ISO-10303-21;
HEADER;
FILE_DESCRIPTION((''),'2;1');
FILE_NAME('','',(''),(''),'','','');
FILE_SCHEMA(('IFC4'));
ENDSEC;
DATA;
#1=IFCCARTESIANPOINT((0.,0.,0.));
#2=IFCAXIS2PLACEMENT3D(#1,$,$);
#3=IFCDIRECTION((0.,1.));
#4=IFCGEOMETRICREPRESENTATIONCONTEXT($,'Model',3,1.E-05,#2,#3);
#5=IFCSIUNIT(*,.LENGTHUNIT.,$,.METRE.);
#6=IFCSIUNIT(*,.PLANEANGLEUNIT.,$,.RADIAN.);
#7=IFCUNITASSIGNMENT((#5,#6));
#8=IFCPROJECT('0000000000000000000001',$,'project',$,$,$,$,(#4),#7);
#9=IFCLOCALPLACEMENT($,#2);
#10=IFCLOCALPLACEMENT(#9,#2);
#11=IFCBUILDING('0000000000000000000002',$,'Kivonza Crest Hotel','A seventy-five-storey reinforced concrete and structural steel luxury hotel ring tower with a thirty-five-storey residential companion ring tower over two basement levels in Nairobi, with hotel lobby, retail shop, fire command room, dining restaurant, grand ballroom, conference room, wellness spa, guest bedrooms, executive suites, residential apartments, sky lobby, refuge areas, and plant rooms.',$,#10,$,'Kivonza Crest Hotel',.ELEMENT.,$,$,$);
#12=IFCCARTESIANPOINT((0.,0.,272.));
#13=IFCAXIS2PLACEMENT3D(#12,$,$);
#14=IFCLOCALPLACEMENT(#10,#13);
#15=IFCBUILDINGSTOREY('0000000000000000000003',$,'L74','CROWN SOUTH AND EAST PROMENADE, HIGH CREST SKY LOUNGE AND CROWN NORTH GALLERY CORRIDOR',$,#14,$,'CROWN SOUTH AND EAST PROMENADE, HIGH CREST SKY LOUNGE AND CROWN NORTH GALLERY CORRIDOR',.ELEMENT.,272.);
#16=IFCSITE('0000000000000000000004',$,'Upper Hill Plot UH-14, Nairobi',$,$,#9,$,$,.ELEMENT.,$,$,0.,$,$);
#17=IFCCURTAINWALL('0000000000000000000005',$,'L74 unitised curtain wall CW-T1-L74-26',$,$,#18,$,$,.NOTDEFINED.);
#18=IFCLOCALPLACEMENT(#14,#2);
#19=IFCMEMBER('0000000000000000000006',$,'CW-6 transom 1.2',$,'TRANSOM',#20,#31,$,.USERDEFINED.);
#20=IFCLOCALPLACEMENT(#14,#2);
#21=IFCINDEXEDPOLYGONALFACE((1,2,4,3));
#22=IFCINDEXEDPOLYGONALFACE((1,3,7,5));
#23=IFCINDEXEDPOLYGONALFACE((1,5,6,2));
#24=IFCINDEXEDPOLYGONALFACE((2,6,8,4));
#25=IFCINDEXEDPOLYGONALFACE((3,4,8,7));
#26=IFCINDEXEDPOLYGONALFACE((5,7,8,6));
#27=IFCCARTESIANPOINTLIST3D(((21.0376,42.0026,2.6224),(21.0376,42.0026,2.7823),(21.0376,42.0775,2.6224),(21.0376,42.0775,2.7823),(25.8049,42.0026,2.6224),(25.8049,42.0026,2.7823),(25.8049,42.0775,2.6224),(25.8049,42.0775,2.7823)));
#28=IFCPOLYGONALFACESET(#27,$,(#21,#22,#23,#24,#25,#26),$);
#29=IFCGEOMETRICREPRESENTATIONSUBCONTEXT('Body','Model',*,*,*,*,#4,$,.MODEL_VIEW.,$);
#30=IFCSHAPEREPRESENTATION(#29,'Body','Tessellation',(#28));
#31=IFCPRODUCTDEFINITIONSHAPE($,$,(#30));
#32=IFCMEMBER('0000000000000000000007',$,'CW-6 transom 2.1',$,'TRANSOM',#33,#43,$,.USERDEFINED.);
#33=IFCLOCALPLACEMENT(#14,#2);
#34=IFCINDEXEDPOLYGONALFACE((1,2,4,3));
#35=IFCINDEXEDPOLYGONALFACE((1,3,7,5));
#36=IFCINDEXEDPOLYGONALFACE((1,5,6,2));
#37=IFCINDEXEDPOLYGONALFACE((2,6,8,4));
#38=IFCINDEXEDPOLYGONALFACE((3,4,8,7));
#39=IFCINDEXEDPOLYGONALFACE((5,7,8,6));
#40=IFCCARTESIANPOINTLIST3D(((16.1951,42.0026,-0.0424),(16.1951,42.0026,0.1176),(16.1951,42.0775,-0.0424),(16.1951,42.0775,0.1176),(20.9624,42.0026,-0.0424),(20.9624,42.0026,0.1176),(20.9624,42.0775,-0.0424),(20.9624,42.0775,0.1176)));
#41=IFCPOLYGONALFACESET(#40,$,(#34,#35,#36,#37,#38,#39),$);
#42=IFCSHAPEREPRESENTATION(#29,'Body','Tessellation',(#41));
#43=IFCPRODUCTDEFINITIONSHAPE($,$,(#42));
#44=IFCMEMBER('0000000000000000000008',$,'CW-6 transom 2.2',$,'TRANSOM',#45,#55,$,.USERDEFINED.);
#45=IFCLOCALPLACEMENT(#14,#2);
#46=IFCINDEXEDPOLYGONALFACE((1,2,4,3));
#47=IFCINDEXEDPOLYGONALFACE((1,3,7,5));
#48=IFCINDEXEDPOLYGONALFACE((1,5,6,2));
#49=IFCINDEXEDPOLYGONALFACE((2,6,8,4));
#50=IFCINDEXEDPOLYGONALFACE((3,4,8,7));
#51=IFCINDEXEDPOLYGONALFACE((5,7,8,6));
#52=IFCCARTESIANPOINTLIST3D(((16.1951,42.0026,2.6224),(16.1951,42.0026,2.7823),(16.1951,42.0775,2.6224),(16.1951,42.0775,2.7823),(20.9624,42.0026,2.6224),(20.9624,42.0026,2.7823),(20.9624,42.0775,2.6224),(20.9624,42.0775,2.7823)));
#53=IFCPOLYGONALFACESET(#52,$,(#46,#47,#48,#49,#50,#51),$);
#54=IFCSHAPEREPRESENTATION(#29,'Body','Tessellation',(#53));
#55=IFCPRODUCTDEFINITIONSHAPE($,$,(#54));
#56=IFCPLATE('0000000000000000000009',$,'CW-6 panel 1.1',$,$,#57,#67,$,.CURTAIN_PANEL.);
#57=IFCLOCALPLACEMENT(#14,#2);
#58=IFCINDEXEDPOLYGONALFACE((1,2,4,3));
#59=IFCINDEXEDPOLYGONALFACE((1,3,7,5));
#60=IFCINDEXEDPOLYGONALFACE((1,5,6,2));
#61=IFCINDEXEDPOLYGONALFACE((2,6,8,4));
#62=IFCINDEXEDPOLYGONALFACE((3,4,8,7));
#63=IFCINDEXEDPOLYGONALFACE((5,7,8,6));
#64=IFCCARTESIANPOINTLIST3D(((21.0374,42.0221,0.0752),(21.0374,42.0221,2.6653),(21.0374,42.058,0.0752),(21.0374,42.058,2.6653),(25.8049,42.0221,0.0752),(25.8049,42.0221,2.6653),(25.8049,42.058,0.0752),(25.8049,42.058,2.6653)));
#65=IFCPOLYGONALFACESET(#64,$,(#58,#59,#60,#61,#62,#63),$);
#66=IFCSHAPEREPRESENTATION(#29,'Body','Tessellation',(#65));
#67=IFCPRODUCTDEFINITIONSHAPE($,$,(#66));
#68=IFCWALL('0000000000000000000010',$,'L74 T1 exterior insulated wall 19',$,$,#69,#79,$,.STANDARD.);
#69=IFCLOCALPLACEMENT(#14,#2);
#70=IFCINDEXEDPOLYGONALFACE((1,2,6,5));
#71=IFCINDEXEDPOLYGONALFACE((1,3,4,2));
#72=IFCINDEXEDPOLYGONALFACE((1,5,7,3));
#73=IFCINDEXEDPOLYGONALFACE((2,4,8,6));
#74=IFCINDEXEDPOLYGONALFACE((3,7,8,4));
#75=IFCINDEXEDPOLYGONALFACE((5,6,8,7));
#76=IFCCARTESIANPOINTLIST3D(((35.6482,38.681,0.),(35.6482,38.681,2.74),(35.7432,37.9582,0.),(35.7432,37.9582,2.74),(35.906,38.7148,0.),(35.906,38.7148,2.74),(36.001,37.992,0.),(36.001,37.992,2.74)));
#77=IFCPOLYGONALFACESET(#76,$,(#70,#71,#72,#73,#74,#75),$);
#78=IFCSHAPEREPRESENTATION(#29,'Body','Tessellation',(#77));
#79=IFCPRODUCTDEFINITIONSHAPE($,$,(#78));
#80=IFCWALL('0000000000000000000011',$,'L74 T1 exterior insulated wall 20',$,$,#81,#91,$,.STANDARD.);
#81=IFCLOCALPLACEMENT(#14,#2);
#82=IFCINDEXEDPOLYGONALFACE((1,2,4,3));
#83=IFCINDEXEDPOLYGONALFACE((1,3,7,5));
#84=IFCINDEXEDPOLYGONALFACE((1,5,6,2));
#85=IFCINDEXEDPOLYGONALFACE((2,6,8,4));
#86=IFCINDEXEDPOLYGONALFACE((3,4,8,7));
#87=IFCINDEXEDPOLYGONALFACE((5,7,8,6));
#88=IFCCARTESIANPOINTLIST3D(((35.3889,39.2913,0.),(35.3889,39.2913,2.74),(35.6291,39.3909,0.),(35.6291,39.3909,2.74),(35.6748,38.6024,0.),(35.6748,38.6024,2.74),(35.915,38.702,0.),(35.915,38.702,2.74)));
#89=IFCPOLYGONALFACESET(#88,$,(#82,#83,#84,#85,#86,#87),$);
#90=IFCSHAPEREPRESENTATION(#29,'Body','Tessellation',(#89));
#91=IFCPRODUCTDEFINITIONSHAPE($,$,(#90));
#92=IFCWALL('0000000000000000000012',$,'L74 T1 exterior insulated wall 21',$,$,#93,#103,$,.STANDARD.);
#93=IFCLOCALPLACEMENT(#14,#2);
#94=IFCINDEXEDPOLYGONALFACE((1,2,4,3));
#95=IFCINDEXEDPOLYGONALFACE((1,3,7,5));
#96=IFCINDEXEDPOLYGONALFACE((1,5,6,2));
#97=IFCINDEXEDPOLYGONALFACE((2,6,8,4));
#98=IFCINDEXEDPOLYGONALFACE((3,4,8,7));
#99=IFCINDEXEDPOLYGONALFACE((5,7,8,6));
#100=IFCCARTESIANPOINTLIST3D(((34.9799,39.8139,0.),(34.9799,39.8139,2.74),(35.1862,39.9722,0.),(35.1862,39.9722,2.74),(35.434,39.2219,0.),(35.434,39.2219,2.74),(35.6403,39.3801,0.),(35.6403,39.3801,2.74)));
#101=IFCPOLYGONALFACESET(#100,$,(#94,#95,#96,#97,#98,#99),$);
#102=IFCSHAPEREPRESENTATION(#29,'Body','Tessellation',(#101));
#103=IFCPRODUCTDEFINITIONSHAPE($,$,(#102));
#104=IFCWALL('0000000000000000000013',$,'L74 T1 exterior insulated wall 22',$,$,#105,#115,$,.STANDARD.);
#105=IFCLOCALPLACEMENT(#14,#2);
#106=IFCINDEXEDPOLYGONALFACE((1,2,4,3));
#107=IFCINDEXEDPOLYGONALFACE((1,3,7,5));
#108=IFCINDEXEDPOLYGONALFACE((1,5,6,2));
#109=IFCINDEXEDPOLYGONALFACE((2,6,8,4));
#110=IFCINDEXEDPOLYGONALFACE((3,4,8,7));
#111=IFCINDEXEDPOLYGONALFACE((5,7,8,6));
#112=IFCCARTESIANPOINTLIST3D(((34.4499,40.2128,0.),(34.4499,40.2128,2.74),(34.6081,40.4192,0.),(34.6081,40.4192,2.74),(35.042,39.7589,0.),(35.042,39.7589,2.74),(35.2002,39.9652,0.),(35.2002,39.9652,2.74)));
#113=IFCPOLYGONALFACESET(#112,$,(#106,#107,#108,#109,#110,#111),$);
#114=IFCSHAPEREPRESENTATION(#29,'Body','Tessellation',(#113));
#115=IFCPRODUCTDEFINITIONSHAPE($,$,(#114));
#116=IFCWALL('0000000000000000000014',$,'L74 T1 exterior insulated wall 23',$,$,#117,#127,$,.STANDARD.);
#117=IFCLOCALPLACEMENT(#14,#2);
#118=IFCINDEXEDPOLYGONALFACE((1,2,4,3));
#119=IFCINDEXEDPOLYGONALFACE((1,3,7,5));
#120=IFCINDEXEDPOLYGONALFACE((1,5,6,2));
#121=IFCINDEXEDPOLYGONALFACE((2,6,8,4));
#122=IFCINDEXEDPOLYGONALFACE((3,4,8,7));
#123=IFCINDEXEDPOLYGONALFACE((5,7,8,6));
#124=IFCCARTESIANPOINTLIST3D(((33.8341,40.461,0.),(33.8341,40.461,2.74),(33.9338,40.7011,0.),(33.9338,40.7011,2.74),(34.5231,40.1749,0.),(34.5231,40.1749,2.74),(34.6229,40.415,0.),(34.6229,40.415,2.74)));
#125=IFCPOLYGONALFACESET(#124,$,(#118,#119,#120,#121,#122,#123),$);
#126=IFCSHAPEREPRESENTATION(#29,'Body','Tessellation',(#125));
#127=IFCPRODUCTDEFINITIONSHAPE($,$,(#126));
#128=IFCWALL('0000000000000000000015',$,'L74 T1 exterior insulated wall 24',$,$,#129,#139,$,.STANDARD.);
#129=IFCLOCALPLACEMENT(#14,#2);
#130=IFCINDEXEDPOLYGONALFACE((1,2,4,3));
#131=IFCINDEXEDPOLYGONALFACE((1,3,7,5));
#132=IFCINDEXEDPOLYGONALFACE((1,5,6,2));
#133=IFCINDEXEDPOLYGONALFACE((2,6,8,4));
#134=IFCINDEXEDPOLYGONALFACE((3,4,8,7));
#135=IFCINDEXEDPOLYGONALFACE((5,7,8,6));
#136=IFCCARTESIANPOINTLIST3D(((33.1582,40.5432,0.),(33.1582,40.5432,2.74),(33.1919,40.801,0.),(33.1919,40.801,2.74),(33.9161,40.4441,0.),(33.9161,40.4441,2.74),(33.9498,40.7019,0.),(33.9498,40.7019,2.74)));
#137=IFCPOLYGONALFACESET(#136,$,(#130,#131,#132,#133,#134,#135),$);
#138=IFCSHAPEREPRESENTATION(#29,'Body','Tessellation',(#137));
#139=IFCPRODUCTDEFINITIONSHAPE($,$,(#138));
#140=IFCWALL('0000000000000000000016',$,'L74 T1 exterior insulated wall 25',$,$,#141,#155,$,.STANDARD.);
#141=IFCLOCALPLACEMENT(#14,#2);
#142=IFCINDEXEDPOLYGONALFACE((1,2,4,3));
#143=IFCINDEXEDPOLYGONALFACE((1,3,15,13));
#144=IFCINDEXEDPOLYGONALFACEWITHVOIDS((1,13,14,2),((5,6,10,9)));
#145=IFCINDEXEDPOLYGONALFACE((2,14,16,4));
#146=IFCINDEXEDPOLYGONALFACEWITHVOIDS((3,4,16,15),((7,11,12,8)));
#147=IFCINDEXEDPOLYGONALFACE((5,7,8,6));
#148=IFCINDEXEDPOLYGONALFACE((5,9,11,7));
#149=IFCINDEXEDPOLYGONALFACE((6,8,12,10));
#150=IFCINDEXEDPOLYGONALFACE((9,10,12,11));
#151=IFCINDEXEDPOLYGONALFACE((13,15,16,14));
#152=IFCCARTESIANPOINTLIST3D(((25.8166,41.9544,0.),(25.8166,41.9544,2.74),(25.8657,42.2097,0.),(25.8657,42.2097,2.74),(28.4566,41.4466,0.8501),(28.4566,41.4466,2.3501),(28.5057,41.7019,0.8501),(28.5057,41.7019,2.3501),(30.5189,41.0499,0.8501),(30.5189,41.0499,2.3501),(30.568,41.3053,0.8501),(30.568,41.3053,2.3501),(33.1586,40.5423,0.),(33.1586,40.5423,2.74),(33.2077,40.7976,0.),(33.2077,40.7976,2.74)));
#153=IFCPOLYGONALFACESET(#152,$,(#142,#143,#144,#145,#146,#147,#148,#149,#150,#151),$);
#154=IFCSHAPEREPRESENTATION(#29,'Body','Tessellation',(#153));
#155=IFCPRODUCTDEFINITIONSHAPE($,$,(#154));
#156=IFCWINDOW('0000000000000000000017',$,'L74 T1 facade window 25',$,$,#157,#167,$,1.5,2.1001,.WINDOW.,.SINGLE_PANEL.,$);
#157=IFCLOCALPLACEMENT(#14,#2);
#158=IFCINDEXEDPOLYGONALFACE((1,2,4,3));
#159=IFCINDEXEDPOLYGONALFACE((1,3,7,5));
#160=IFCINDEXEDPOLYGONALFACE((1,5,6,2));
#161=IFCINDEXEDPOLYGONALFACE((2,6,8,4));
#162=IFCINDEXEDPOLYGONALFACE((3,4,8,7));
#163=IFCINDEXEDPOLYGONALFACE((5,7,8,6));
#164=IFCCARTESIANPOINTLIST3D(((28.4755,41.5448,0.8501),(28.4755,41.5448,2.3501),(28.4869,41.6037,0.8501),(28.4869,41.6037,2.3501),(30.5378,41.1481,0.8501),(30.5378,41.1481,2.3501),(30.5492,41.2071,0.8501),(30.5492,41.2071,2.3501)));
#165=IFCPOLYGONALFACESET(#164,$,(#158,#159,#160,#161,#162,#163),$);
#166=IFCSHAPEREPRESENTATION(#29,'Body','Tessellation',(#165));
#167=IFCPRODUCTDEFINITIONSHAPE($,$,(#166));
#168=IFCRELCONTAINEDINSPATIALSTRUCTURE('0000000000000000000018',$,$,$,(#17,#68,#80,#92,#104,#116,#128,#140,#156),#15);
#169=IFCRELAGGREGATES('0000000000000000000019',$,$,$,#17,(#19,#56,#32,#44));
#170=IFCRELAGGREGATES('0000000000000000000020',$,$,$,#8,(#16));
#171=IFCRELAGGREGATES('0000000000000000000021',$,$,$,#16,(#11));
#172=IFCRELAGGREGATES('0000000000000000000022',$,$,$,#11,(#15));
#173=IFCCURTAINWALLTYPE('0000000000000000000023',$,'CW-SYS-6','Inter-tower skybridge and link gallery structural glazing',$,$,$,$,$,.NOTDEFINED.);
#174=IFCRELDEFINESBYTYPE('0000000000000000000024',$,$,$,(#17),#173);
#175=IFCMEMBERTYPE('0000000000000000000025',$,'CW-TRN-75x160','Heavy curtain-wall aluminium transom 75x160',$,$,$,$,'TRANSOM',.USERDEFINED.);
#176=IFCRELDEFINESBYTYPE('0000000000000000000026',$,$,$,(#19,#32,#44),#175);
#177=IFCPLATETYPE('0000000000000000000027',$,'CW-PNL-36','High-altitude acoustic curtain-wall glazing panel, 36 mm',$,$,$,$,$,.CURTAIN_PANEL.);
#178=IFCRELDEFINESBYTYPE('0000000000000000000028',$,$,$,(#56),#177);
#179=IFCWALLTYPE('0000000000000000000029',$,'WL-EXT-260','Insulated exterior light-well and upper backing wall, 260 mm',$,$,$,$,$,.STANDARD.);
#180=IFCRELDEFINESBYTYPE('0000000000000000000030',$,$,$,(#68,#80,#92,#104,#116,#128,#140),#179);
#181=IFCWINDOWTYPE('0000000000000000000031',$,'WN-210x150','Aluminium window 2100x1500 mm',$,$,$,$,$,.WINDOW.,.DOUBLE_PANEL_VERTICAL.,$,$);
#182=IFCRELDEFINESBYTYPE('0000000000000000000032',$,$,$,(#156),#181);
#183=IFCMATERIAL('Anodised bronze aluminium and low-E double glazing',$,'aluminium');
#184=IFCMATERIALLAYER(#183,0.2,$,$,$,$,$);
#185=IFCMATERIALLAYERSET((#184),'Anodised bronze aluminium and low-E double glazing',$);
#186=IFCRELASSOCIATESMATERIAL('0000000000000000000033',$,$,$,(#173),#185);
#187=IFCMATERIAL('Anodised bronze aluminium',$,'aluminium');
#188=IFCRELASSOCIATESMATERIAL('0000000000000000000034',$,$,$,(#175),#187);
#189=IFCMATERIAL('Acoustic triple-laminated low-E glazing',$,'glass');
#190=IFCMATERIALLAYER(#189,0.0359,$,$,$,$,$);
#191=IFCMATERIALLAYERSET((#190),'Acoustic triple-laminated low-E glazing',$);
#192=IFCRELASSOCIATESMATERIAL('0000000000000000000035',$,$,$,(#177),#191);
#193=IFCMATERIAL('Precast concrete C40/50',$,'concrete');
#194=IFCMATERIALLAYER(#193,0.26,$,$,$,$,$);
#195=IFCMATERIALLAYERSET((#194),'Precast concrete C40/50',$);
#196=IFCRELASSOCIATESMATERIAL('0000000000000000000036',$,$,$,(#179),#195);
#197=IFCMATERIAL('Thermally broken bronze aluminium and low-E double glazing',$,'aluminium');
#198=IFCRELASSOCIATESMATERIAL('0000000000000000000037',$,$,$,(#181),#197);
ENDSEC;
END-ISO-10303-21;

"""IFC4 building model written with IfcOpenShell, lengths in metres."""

from ifc_helpers import new_model, si_unit, direction, frame, frame_2d, origin, origin_2d, place, context, subcontext, project, spatial, rectangle, extrude, material, layer, layer_set, material_profile, profile_set, type_object, element, fill, aggregate, save


model = new_model("IFC4")

# Units and contexts
model_context = context("Model", 3, precision=1e-05, world=origin(), true_north=direction((0.0, 1.0)))
body_context = subcontext(model_context, "Body", "Model", "MODEL_VIEW")
ifc_project = project(units=[si_unit("LENGTHUNIT", "METRE"), si_unit("PLANEANGLEUNIT", "RADIAN")], contexts=[model_context])

# Site, building, storey
site_placement = place(None, origin())
site = spatial("IfcSite", under=ifc_project, at=site_placement, Name="Upper Hill Plot UH-14, Nairobi", CompositionType="ELEMENT", RefElevation=0.0)
building_placement = place(site_placement, origin())
building = spatial("IfcBuilding", under=site, at=building_placement, Name="Kivonza Crest Hotel", Description="A seventy-five-storey reinforced concrete and structural steel luxury hotel ring tower with a thirty-five-storey residential companion ring tower over two basement levels in Nairobi, with hotel lobby, retail shop, fire command room, dining restaurant, grand ballroom, conference room, wellness spa, guest bedrooms, executive suites, residential apartments, sky lobby, refuge areas, and plant rooms.", LongName="Kivonza Crest Hotel", CompositionType="ELEMENT")
storey_placement = place(building_placement, frame((0.0, 0.0, 272.0)))
storey = spatial("IfcBuildingStorey", under=building, at=storey_placement, Name="L74", Description="CROWN SOUTH AND EAST PROMENADE, HIGH CREST SKY LOUNGE AND CROWN NORTH GALLERY CORRIDOR", LongName="CROWN SOUTH AND EAST PROMENADE, HIGH CREST SKY LOUNGE AND CROWN NORTH GALLERY CORRIDOR", CompositionType="ELEMENT", Elevation=272.0)

# Curtain wall, members, plate
ifc_material_1 = material(Name="Anodised bronze aluminium and low-E double glazing", Category="aluminium")
ifc_layer_1 = layer(ifc_material_1, 0.2)
ifc_layer_set_1 = layer_set([ifc_layer_1], Name="Anodised bronze aluminium and low-E double glazing")
curtain_wall_type = type_object("IfcCurtainWallType", Name="CW-SYS-6", Description="Inter-tower skybridge and link gallery structural glazing", PredefinedType="NOTDEFINED", material=ifc_layer_set_1)
curtain_wall_placement = place(storey_placement, origin())
curtain_wall = element("IfcCurtainWall", 1, at=curtain_wall_placement, inside=storey, type_object=curtain_wall_type, Name="L74 unitised curtain wall CW-T1-L74-26", PredefinedType="NOTDEFINED")
ifc_material_2 = material(Name="Anodised bronze aluminium", Category="aluminium")
ifc_material_profile_1 = material_profile(ifc_material_2, rectangle(XDim=0.075, YDim=0.1599, at=origin_2d()), Name="CW-T 75x160")
ifc_profile_set_1 = profile_set([ifc_material_profile_1], Name="Anodised bronze aluminium")
member_type_1 = type_object("IfcMemberType", Name="CW-TRN-75x160", Description="Heavy curtain-wall aluminium transom 75x160", ElementType="TRANSOM", PredefinedType="USERDEFINED", material=ifc_profile_set_1)
member_1_placement = place(storey_placement, frame((25.8049, 42.04, 2.7024), z_axis=(-1.0, 0.0, 0.0), x_axis=(0.0, -1.0, 0.0)))
member_1 = element("IfcMember", 2, at=member_1_placement, type_object=member_type_1, Name="CW-6 transom 1.2", ObjectType="TRANSOM", PredefinedType="USERDEFINED", context=body_context, shape_type="SweptSolid", body=[
    extrude(rectangle(XDim=0.075, YDim=0.1599, at=origin_2d()), origin(), (0.0, 0.0, 1.0), 4.7673),
])
member_2_placement = place(storey_placement, frame((20.9624, 42.04, 0.0376), z_axis=(-1.0, 0.0, 0.0), x_axis=(0.0, -1.0, 0.0)))
member_2 = element("IfcMember", 3, at=member_2_placement, type_object=member_type_1, Name="CW-6 transom 2.1", ObjectType="TRANSOM", PredefinedType="USERDEFINED", context=body_context, shape_type="SweptSolid", body=[
    extrude(rectangle(XDim=0.075, YDim=0.1599, at=origin_2d()), origin(), (0.0, 0.0, 1.0), 4.7673),
])
member_3_placement = place(storey_placement, frame((20.9624, 42.04, 2.7024), z_axis=(-1.0, 0.0, 0.0), x_axis=(0.0, -1.0, 0.0)))
member_3 = element("IfcMember", 4, at=member_3_placement, type_object=member_type_1, Name="CW-6 transom 2.2", ObjectType="TRANSOM", PredefinedType="USERDEFINED", context=body_context, shape_type="SweptSolid", body=[
    extrude(rectangle(XDim=0.075, YDim=0.1599, at=origin_2d()), origin(), (0.0, 0.0, 1.0), 4.7673),
])
ifc_material_3 = material(Name="Acoustic triple-laminated low-E glazing", Category="glass")
ifc_layer_2 = layer(ifc_material_3, 0.0359)
ifc_layer_set_2 = layer_set([ifc_layer_2], Name="Acoustic triple-laminated low-E glazing")
plate_type = type_object("IfcPlateType", Name="CW-PNL-36", Description="High-altitude acoustic curtain-wall glazing panel, 36 mm", PredefinedType="CURTAIN_PANEL", material=ifc_layer_set_2)
plate_placement = place(storey_placement, frame((23.4211, 42.04, 0.0752), z_axis=(0.0, 0.0, 1.0), x_axis=(-1.0, 0.0, 0.0)))
plate = element("IfcPlate", 5, at=plate_placement, type_object=plate_type, Name="CW-6 panel 1.1", PredefinedType="CURTAIN_PANEL", context=body_context, shape_type="SweptSolid", body=[
    extrude(rectangle(XDim=4.7676, YDim=0.0359, at=origin_2d()), origin(), (0.0, 0.0, 1.0), 2.5901),
])
aggregate(curtain_wall, [member_1, plate, member_2, member_3])

# Walls
ifc_material_4 = material(Name="Precast concrete C40/50", Category="concrete")
ifc_layer_3 = layer(ifc_material_4, 0.26)
ifc_layer_set_3 = layer_set([ifc_layer_3], Name="Precast concrete C40/50")
wall_type_1 = type_object("IfcWallType", Name="WL-EXT-260", Description="Insulated exterior light-well and upper backing wall, 260 mm", PredefinedType="STANDARD", material=ifc_layer_set_3)
wall_1_placement = place(storey_placement, frame((35.8721, 37.9751, 0.0), z_axis=(0.0, 0.0, 1.0), x_axis=(-0.130255, 0.99148, 0.0)))
element("IfcWall", 6, at=wall_1_placement, inside=storey, type_object=wall_type_1, Name="L74 T1 exterior insulated wall 19", PredefinedType="STANDARD", context=body_context, shape_type="SweptSolid", body=[
    extrude(rectangle(XDim=0.729, YDim=0.26, at=frame_2d((0.3645, 0.0))), origin(), (0.0, 0.0, 1.0), 2.74),
])
wall_2_placement = place(storey_placement, frame((35.7949, 38.6521, 0.0), z_axis=(0.0, 0.0, 1.0), x_axis=(-0.383267, 0.923638, 0.0)))
element("IfcWall", 7, at=wall_2_placement, inside=storey, type_object=wall_type_1, Name="L74 T1 exterior insulated wall 20", PredefinedType="STANDARD", context=body_context, shape_type="SweptSolid", body=[
    extrude(rectangle(XDim=0.7458, YDim=0.26, at=frame_2d((0.373, 0.0))), origin(), (0.0, 0.0, 1.0), 2.74),
])
for number, where, z_axis, x_axis, name in (
    (8, (35.5371, 39.301, 0.0), (0.0, 0.0, 1.0), (-0.608603, 0.793475, 0.0), "L74 T1 exterior insulated wall 21"),
    (9, (35.1211, 39.8621, 0.0), (0.0, 0.0, 1.0), (-0.793633, 0.608397, 0.0), "L74 T1 exterior insulated wall 22"),
    (10, (34.573, 40.2949, 0.0), (0.0, 0.0, 1.0), (-0.923522, 0.383546, 0.0), "L74 T1 exterior insulated wall 23"),
):
    element("IfcWall", number, at=place(storey_placement, frame(where, z_axis=z_axis, x_axis=x_axis)), inside=storey, type_object=wall_type_1, Name=name, PredefinedType="STANDARD", context=body_context, shape_type="SweptSolid", body=[
        extrude(rectangle(XDim=0.7461, YDim=0.26, at=frame_2d((0.373, 0.0))), origin(), (0.0, 0.0, 1.0), 2.74),
    ])
wall_3_placement = place(storey_placement, frame((33.9331, 40.573, 0.0), z_axis=(0.0, 0.0, 1.0), x_axis=(-0.991559, 0.129653, 0.0)))
element("IfcWall", 11, at=wall_3_placement, inside=storey, type_object=wall_type_1, Name="L74 T1 exterior insulated wall 24", PredefinedType="STANDARD", context=body_context, shape_type="SweptSolid", body=[
    extrude(rectangle(XDim=0.7644, YDim=0.26, at=frame_2d((0.3823, 0.0))), origin(), (0.0, 0.0, 1.0), 2.74),
])

# Wall, opening, window
wall_4_placement = place(storey_placement, frame((33.1831, 40.6699, 0.0), z_axis=(0.0, 0.0, 1.0), x_axis=(-0.982002, 0.18887, 0.0)))
wall_4 = element("IfcWall", 12, at=wall_4_placement, inside=storey, type_object=wall_type_1, Name="L74 T1 exterior insulated wall 25", PredefinedType="STANDARD", context=body_context, shape_type="SweptSolid", body=[
    extrude(rectangle(XDim=7.4766, YDim=0.26, at=frame_2d((3.7383, 0.0))), origin(), (0.0, 0.0, 1.0), 2.74),
])
opening_1_placement = place(wall_4_placement, frame((2.688, 0.0, 0.8501)))
opening_1 = element("IfcOpeningElement", 13, at=opening_1_placement, cuts=wall_4, PredefinedType="OPENING", context=body_context, shape_type="SweptSolid", body=[
    extrude(rectangle(XDim=2.1001, YDim=1.5, at=frame_2d((1.05, 0.75))), frame((0.0, 0.1401, 0.0), z_axis=(0.0, -1.0, 0.0), x_axis=(1.0, 0.0, 0.0)), (0.0, 0.0, 1.0), 0.28),
])
ifc_material_5 = material(Name="Thermally broken bronze aluminium and low-E double glazing", Category="aluminium")
window_type = type_object("IfcWindowType", Name="WN-210x150", Description="Aluminium window 2100x1500 mm", PartitioningType="DOUBLE_PANEL_VERTICAL", PredefinedType="WINDOW", material=ifc_material_5)
window_placement = place(opening_1_placement, origin())
window = element("IfcWindow", 14, at=window_placement, inside=storey, type_object=window_type, Name="L74 T1 facade window 25", OverallHeight=1.5, OverallWidth=2.1001, PartitioningType="SINGLE_PANEL", PredefinedType="WINDOW", context=body_context, shape_type="SweptSolid", body=[
    extrude(rectangle(XDim=2.1001, YDim=1.5, at=frame_2d((1.05, 0.75))), frame((0.0, 0.03, 0.0), z_axis=(0.0, -1.0, 0.0), x_axis=(1.0, 0.0, 0.0)), (0.0, 0.0, 1.0), 0.0601),
])
fill(opening_1, window)

save(model, "model.ifc")
